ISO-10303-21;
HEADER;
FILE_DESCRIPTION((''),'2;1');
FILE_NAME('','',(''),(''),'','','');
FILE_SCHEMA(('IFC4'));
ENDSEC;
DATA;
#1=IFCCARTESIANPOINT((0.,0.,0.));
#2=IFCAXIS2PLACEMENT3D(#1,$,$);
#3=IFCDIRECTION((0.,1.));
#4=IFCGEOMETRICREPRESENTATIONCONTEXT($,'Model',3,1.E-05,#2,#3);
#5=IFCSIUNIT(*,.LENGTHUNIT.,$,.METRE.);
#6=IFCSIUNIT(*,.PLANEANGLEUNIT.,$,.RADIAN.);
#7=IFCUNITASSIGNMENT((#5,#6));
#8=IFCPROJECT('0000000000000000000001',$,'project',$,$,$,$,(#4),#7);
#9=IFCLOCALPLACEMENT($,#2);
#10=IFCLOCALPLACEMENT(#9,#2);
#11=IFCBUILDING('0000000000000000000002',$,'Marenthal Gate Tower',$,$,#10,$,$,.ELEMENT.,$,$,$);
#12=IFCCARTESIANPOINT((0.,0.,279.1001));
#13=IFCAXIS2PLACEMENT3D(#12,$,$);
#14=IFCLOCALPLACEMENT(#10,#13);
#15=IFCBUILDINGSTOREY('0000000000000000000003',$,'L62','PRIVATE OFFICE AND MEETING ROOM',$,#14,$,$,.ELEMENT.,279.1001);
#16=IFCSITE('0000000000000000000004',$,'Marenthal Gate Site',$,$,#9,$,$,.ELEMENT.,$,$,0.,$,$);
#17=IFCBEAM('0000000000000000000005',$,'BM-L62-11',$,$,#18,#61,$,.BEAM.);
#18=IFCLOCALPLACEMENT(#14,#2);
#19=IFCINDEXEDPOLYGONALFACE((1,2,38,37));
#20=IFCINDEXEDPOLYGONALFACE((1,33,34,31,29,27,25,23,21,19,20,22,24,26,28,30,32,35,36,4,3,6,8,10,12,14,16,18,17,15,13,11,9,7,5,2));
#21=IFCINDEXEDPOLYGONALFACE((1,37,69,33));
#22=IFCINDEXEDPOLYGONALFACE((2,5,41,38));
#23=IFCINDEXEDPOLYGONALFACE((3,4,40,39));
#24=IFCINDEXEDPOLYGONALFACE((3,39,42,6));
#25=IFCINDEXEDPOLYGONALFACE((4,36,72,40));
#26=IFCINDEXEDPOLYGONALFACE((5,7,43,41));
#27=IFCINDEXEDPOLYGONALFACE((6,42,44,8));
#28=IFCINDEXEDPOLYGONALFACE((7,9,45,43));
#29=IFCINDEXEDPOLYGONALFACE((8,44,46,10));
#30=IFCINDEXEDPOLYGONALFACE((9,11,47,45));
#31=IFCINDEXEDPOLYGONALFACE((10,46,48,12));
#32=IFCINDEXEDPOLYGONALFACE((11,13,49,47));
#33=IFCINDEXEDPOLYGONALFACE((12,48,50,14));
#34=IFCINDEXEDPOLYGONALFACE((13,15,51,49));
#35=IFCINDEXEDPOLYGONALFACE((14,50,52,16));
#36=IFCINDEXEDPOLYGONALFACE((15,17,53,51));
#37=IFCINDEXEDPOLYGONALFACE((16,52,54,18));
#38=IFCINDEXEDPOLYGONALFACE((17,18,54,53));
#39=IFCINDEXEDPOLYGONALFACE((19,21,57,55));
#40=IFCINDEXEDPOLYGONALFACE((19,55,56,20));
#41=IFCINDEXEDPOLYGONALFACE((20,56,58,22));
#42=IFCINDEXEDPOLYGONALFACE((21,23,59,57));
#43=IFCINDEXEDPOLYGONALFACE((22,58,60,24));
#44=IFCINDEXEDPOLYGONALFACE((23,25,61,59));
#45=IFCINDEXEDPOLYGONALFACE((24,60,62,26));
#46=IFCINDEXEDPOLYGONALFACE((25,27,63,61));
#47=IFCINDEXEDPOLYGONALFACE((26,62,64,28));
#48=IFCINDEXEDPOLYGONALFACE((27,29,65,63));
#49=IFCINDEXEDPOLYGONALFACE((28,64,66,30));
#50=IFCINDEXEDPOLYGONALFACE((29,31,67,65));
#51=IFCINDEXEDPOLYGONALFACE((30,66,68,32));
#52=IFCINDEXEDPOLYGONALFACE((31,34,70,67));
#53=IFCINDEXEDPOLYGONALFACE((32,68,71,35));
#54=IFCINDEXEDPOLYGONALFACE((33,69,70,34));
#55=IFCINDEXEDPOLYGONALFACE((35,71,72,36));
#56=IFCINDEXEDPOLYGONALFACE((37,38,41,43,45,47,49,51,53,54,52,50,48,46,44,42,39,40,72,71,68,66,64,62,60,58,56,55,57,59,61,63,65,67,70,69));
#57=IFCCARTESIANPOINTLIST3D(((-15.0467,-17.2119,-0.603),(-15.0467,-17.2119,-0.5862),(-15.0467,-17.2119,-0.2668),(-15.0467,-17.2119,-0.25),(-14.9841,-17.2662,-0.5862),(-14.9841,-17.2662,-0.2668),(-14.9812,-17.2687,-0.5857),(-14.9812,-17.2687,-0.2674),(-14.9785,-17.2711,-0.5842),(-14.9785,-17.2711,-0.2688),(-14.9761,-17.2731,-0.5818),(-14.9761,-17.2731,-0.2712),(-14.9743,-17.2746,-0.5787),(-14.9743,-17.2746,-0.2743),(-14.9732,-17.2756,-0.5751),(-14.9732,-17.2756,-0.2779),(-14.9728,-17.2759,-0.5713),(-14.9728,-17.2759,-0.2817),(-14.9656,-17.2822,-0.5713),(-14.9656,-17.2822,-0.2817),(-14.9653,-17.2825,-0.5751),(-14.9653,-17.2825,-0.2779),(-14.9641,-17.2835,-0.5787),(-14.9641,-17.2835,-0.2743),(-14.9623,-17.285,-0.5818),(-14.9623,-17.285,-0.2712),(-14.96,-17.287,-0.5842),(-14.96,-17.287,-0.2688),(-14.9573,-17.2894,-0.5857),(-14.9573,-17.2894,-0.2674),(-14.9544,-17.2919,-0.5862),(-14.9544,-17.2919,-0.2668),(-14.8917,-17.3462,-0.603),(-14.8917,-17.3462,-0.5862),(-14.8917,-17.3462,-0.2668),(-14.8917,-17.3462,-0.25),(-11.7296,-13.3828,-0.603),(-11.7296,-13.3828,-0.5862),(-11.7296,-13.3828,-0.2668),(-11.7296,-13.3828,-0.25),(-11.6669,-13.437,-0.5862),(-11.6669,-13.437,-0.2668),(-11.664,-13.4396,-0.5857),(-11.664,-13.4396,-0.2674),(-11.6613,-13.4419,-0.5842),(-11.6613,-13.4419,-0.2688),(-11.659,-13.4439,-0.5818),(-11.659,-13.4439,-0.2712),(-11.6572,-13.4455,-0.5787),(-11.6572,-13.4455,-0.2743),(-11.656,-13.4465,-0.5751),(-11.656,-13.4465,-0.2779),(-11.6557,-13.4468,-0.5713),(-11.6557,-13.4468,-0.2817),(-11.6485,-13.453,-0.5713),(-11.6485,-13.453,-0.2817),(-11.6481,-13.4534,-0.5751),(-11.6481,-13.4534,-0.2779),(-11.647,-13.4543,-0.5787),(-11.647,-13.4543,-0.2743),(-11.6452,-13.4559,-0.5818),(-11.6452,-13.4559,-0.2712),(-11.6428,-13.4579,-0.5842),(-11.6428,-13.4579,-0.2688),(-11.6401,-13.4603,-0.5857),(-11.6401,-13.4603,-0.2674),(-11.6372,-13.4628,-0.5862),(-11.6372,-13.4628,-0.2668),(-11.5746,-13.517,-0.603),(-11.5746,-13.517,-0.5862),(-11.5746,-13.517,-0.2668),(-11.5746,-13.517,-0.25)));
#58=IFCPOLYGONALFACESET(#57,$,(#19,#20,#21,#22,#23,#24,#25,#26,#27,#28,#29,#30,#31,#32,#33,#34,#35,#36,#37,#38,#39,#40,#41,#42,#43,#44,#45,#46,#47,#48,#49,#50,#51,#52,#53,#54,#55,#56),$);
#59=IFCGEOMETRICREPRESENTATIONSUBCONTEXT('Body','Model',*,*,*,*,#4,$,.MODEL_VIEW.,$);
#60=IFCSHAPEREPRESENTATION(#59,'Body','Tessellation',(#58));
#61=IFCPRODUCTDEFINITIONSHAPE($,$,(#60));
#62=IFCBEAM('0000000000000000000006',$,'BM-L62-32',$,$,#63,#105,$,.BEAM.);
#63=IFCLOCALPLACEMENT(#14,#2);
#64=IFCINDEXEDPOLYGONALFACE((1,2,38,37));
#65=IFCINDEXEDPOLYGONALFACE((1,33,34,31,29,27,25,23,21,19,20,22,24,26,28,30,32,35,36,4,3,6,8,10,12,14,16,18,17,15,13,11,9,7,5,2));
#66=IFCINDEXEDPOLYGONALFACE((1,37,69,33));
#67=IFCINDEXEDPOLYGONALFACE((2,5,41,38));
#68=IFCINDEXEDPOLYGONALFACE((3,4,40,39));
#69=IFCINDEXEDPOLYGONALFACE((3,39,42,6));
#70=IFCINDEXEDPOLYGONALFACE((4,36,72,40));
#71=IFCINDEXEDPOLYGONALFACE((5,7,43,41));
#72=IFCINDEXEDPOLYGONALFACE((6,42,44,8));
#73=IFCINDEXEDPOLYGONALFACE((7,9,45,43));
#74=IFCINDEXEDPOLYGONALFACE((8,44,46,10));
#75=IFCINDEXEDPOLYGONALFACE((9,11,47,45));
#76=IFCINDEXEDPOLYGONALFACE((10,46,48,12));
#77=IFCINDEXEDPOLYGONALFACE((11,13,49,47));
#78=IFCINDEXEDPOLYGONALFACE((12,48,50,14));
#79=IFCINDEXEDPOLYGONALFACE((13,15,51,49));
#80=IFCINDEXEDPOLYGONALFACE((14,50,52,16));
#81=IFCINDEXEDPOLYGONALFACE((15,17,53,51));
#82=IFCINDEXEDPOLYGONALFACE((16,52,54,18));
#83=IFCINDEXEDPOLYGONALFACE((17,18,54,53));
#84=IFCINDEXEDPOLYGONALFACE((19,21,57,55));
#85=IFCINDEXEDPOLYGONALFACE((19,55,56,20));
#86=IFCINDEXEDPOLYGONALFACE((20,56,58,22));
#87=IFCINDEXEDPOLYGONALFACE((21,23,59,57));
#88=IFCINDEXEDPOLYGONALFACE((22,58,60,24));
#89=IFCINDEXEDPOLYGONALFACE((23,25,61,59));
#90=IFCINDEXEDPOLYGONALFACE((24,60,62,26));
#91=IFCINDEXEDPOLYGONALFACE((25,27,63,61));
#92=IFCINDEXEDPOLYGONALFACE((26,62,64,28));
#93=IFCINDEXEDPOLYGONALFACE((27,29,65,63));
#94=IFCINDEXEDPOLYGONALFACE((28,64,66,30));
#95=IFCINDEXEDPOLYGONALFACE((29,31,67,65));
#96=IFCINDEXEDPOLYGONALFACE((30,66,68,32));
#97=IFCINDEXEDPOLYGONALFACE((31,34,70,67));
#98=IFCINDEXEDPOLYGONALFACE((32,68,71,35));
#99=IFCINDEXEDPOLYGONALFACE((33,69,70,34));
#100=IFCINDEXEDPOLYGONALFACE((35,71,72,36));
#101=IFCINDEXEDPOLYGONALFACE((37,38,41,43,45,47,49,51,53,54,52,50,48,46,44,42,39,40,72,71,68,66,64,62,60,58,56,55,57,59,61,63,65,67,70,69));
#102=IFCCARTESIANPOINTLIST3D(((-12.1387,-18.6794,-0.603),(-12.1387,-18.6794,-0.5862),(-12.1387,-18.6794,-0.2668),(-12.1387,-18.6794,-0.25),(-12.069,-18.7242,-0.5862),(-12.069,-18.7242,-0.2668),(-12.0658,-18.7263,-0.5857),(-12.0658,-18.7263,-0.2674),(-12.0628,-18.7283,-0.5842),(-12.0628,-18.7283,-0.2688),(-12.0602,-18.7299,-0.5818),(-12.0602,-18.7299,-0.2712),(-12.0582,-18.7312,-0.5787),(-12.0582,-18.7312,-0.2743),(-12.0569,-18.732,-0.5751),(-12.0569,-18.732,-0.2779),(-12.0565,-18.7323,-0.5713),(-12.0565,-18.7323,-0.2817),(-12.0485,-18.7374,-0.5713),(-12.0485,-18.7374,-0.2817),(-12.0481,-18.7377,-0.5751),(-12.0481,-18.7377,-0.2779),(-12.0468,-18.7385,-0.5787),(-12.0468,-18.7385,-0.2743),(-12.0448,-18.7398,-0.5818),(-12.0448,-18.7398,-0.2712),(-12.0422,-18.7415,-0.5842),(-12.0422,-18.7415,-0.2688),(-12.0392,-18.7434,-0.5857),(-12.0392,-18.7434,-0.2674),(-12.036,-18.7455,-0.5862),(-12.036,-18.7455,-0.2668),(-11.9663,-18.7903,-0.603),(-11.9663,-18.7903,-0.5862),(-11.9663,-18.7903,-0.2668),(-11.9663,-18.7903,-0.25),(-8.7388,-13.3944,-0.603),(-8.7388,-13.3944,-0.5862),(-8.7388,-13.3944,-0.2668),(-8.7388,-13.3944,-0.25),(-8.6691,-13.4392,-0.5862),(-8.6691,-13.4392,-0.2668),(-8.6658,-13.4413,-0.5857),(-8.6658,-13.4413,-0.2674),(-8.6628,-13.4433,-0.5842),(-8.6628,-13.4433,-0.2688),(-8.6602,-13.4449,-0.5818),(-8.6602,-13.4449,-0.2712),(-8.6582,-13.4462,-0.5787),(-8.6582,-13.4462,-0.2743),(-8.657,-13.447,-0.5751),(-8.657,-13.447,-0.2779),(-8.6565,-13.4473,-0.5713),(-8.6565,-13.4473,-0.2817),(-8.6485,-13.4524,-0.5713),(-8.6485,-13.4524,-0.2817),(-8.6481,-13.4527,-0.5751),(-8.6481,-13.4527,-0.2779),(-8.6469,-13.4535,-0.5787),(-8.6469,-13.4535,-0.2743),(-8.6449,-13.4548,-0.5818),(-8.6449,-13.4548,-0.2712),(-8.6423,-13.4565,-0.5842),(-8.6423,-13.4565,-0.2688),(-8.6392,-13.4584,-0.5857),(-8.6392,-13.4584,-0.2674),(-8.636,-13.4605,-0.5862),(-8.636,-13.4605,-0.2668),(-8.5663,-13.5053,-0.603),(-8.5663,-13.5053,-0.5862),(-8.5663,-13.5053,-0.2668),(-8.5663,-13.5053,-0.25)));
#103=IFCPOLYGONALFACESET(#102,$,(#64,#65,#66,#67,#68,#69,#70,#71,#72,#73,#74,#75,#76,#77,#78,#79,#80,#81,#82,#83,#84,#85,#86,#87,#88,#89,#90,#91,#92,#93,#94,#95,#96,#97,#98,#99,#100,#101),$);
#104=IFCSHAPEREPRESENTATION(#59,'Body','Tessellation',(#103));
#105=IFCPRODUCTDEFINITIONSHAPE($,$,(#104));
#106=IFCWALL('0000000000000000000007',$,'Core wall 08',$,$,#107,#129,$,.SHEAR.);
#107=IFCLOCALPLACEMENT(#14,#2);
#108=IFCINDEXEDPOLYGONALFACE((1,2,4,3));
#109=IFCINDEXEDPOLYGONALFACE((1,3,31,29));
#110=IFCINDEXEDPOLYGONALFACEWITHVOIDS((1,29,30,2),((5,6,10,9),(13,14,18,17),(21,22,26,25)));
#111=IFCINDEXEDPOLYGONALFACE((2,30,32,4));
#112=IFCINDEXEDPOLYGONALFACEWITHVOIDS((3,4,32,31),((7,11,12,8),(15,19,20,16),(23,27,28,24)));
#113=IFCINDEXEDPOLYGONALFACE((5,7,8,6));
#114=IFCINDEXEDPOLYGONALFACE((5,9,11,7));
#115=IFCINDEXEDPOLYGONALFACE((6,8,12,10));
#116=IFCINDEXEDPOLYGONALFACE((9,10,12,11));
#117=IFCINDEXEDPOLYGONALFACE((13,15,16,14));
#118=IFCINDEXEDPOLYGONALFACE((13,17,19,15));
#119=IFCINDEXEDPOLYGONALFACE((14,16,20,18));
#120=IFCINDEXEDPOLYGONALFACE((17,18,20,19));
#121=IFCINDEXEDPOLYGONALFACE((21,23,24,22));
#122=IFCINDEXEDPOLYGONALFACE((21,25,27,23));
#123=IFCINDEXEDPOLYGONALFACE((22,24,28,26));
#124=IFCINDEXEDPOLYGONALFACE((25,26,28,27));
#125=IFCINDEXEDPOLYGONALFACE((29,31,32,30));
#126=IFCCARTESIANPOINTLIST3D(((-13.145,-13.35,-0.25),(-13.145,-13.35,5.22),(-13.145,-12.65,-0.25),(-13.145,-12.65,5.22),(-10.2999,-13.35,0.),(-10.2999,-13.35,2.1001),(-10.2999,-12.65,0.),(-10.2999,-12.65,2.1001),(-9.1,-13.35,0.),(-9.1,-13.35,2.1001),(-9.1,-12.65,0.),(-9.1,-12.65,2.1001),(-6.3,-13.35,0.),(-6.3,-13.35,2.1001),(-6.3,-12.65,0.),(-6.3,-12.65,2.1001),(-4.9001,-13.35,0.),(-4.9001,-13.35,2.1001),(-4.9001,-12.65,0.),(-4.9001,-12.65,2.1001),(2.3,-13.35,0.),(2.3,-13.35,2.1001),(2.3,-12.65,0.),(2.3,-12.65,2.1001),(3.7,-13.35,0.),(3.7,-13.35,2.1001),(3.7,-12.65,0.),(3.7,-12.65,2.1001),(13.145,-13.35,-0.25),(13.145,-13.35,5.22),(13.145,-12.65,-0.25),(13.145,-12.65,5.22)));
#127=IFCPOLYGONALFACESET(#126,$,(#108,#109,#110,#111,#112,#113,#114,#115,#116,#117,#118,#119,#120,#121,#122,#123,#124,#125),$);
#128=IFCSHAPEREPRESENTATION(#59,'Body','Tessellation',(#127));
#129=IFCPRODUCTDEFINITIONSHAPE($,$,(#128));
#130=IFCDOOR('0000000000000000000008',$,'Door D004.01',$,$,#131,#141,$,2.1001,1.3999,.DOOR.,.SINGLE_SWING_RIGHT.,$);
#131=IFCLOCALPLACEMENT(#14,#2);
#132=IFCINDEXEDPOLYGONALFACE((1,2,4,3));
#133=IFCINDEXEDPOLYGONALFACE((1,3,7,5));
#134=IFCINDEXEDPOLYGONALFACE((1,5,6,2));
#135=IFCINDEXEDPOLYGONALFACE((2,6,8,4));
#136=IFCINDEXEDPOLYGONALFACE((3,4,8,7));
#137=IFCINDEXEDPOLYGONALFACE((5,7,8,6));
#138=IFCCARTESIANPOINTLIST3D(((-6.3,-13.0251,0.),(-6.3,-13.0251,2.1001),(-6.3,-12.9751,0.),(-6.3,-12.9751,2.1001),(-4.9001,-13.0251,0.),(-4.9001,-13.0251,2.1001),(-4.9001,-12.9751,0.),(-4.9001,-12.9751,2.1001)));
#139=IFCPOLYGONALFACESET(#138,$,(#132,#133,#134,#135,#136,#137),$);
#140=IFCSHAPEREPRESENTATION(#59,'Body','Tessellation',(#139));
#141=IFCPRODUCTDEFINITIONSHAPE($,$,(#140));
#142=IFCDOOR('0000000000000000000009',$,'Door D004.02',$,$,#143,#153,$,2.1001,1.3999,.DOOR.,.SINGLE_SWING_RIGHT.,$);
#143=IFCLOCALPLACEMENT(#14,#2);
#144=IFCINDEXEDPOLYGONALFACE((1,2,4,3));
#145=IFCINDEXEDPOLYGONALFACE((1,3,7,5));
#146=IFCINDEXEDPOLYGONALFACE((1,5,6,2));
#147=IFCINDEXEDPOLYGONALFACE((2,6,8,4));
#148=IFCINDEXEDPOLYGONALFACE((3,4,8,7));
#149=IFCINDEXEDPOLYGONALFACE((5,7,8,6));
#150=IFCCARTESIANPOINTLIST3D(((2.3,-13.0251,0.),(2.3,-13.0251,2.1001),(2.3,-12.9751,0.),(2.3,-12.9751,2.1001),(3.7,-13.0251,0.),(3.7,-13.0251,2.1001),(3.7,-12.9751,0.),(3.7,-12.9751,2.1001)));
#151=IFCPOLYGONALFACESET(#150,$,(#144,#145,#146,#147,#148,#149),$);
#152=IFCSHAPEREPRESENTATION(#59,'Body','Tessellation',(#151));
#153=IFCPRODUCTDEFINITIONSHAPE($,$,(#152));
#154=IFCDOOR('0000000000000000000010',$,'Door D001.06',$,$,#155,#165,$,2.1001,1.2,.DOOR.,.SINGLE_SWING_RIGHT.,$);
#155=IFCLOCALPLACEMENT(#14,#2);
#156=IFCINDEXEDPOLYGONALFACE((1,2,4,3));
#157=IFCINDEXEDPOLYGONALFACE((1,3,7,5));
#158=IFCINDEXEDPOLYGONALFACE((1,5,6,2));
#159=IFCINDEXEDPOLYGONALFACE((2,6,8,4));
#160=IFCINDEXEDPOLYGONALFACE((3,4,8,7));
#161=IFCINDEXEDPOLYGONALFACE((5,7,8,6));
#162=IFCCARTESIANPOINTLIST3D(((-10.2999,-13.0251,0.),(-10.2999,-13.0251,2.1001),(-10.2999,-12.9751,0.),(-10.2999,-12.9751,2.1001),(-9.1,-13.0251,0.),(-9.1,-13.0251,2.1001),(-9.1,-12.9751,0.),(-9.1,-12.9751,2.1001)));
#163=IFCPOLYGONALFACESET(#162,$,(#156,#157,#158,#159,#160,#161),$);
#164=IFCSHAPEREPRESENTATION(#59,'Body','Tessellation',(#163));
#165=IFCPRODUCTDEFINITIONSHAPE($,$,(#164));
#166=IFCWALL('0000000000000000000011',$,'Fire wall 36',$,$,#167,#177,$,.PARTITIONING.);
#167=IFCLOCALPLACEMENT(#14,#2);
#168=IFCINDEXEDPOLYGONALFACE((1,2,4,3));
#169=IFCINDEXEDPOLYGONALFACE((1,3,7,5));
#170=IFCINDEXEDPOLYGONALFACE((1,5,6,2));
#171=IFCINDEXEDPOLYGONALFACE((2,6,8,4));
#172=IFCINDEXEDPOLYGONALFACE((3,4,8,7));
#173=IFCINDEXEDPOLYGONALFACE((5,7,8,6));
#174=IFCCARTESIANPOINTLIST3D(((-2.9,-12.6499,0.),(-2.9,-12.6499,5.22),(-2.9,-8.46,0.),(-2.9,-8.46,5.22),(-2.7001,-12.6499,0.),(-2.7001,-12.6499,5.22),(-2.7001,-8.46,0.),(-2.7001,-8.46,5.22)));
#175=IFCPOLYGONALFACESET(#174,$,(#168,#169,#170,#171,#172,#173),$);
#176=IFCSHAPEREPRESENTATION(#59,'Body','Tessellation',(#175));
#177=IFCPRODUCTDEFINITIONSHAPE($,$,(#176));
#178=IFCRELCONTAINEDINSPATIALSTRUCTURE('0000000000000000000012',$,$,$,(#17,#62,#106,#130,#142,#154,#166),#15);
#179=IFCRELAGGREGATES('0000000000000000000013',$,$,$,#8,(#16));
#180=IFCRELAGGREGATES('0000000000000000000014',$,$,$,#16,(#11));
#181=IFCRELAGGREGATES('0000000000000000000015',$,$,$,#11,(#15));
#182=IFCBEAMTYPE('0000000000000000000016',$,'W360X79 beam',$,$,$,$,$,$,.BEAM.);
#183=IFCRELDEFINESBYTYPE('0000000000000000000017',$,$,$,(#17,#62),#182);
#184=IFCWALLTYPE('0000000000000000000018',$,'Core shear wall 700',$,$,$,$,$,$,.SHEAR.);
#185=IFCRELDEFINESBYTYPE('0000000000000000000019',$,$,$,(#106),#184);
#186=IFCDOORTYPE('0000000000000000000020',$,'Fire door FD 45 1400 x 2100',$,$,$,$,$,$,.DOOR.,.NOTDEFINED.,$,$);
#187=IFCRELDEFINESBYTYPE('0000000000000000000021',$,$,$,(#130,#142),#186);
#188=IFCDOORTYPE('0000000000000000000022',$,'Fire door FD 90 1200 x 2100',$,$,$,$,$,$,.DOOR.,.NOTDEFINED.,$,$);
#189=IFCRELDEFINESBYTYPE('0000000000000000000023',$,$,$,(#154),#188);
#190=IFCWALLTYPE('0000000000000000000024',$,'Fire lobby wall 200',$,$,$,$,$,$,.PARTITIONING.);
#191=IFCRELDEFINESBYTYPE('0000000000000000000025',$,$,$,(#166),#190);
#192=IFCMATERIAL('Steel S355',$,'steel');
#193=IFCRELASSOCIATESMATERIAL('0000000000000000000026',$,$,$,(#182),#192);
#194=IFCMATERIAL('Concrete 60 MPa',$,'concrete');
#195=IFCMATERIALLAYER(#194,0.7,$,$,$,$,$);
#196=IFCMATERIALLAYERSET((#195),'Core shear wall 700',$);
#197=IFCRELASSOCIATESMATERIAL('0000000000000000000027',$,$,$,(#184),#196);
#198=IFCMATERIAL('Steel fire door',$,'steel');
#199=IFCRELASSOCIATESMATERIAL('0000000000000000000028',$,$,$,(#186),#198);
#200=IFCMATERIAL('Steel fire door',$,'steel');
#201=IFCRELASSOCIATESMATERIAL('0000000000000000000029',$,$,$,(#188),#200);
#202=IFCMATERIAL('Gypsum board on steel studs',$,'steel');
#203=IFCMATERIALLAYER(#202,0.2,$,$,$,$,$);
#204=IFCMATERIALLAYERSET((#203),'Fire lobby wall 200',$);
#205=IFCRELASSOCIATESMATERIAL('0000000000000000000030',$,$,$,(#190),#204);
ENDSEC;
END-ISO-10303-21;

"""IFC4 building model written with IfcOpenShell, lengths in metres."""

from ifc_helpers import new_model, si_unit, direction, frame, frame_2d, origin, origin_2d, place, context, subcontext, project, spatial, rectangle, i_section, extrude, material, layer, layer_set, material_profile, profile_set, type_object, element, fill, save


model = new_model("IFC4")

# Units and contexts
model_context = context("Model", 3, precision=1e-05, world=origin(), true_north=direction((0.0, 1.0)))
body_context = subcontext(model_context, "Body", "Model", "MODEL_VIEW")
ifc_project = project(units=[si_unit("LENGTHUNIT", "METRE"), si_unit("PLANEANGLEUNIT", "RADIAN")], contexts=[model_context])

# Site, building, storey
site_placement = place(None, origin())
site = spatial("IfcSite", under=ifc_project, at=site_placement, Name="Marenthal Gate Site", CompositionType="ELEMENT", RefElevation=0.0)
building_placement = place(site_placement, origin())
building = spatial("IfcBuilding", under=site, at=building_placement, Name="Marenthal Gate Tower", CompositionType="ELEMENT")
storey_placement = place(building_placement, frame((0.0, 0.0, 279.1001)))
storey = spatial("IfcBuildingStorey", under=building, at=storey_placement, Name="L62", Description="PRIVATE OFFICE AND MEETING ROOM", CompositionType="ELEMENT", Elevation=279.1001)

# Beams
ifc_material_1 = material(Name="Steel S355", Category="steel")
ifc_material_profile = material_profile(ifc_material_1, i_section(OverallWidth=0.2051, OverallDepth=0.353, WebThickness=0.0095, FlangeThickness=0.0168, FilletRadius=0.0149, at=origin_2d()), Name="W360X79")
ifc_profile_set = profile_set([ifc_material_profile], Name="Steel S355")
beam_type = type_object("IfcBeamType", Name="W360X79 beam", PredefinedType="BEAM", material=ifc_profile_set)
beam_1_placement = place(storey_placement, frame((-14.9692, -17.2791, -0.4265), z_axis=(0.654771, 0.755827, 0.0), x_axis=(-0.755827, 0.654771, 0.0)))
element("IfcBeam", 1, at=beam_1_placement, inside=storey, type_object=beam_type, Name="BM-L62-11", PredefinedType="BEAM", context=body_context, shape_type="SweptSolid", body=[
    extrude(i_section(OverallWidth=0.2051, OverallDepth=0.353, WebThickness=0.0095, FlangeThickness=0.0168, FilletRadius=0.0149, at=origin_2d()), origin(), (0.0, 0.0, 1.0), 5.0662),
])
beam_2_placement = place(storey_placement, frame((-12.0525, -18.7349, -0.4265), z_axis=(0.541034, 0.841, 0.0), x_axis=(-0.841, 0.541034, 0.0)))
element("IfcBeam", 2, at=beam_2_placement, inside=storey, type_object=beam_type, Name="BM-L62-32", PredefinedType="BEAM", context=body_context, shape_type="SweptSolid", body=[
    extrude(i_section(OverallWidth=0.2051, OverallDepth=0.353, WebThickness=0.0095, FlangeThickness=0.0168, FilletRadius=0.0149, at=origin_2d()), origin(), (0.0, 0.0, 1.0), 6.2842),
])

# Wall, openings, doors
ifc_material_2 = material(Name="Concrete 60 MPa", Category="concrete")
ifc_layer_1 = layer(ifc_material_2, 0.7)
ifc_layer_set_1 = layer_set([ifc_layer_1], Name="Core shear wall 700")
wall_type_1 = type_object("IfcWallType", Name="Core shear wall 700", PredefinedType="SHEAR", material=ifc_layer_set_1)
wall_1_placement = place(storey_placement, frame((-13.145, -13.0, -0.25), z_axis=(0.0, 0.0, 1.0), x_axis=(1.0, 0.0, 0.0)))
wall_1 = element("IfcWall", 3, at=wall_1_placement, inside=storey, type_object=wall_type_1, Name="Core wall 08", PredefinedType="SHEAR", context=body_context, shape_type="SweptSolid", body=[
    extrude(rectangle(XDim=26.29, YDim=0.7, at=frame_2d((13.145, 0.0))), origin(), (0.0, 0.0, 1.0), 5.47),
])
opening_1_placement = place(wall_1_placement, frame((2.845, 0.0, 0.25)))
opening_1 = element("IfcOpeningElement", 4, at=opening_1_placement, cuts=wall_1, PredefinedType="OPENING", context=body_context, shape_type="SweptSolid", body=[
    extrude(rectangle(XDim=1.2, YDim=2.1001, at=frame_2d((0.6001, 1.05))), frame((0.0, 0.3599, 0.0), z_axis=(0.0, -1.0, 0.0), x_axis=(1.0, 0.0, 0.0)), (0.0, 0.0, 1.0), 0.72),
])
opening_2_placement = place(wall_1_placement, frame((6.845, 0.0, 0.25)))
opening_2 = element("IfcOpeningElement", 5, at=opening_2_placement, cuts=wall_1, PredefinedType="OPENING", context=body_context, shape_type="SweptSolid", body=[
    extrude(rectangle(XDim=1.3999, YDim=2.1001, at=frame_2d((0.7, 1.05))), frame((0.0, 0.3599, 0.0), z_axis=(0.0, -1.0, 0.0), x_axis=(1.0, 0.0, 0.0)), (0.0, 0.0, 1.0), 0.72),
])
opening_3_placement = place(wall_1_placement, frame((15.4451, 0.0, 0.25)))
opening_3 = element("IfcOpeningElement", 6, at=opening_3_placement, cuts=wall_1, PredefinedType="OPENING", context=body_context, shape_type="SweptSolid", body=[
    extrude(rectangle(XDim=1.3999, YDim=2.1001, at=frame_2d((0.7, 1.05))), frame((0.0, 0.3599, 0.0), z_axis=(0.0, -1.0, 0.0), x_axis=(1.0, 0.0, 0.0)), (0.0, 0.0, 1.0), 0.72),
])
ifc_material_3 = material(Name="Steel fire door", Category="steel")
door_type_1 = type_object("IfcDoorType", Name="Fire door FD 45 1400 x 2100", OperationType="NOTDEFINED", PredefinedType="DOOR", material=ifc_material_3)
door_1_placement = place(opening_2_placement, origin())
door_1 = element("IfcDoor", 7, at=door_1_placement, inside=storey, type_object=door_type_1, Name="Door D004.01", OperationType="SINGLE_SWING_RIGHT", OverallHeight=2.1001, OverallWidth=1.3999, PredefinedType="DOOR", context=body_context, shape_type="SweptSolid", body=[
    extrude(rectangle(XDim=1.3999, YDim=2.1001, at=frame_2d((0.7, 1.05))), frame((0.0, 0.0249, 0.0), z_axis=(0.0, -1.0, 0.0), x_axis=(1.0, 0.0, 0.0)), (0.0, 0.0, 1.0), 0.05),
])
fill(opening_2, door_1)
door_2_placement = place(opening_3_placement, origin())
door_2 = element("IfcDoor", 8, at=door_2_placement, inside=storey, type_object=door_type_1, Name="Door D004.02", OperationType="SINGLE_SWING_RIGHT", OverallHeight=2.1001, OverallWidth=1.3999, PredefinedType="DOOR", context=body_context, shape_type="SweptSolid", body=[
    extrude(rectangle(XDim=1.3999, YDim=2.1001, at=frame_2d((0.7, 1.05))), frame((0.0, 0.0249, 0.0), z_axis=(0.0, -1.0, 0.0), x_axis=(1.0, 0.0, 0.0)), (0.0, 0.0, 1.0), 0.05),
])
fill(opening_3, door_2)
ifc_material_4 = material(Name="Steel fire door", Category="steel")
door_type_2 = type_object("IfcDoorType", Name="Fire door FD 90 1200 x 2100", OperationType="NOTDEFINED", PredefinedType="DOOR", material=ifc_material_4)
door_3_placement = place(opening_1_placement, origin())
door_3 = element("IfcDoor", 9, at=door_3_placement, inside=storey, type_object=door_type_2, Name="Door D001.06", OperationType="SINGLE_SWING_RIGHT", OverallHeight=2.1001, OverallWidth=1.2, PredefinedType="DOOR", context=body_context, shape_type="SweptSolid", body=[
    extrude(rectangle(XDim=1.2, YDim=2.1001, at=frame_2d((0.6001, 1.05))), frame((0.0, 0.0249, 0.0), z_axis=(0.0, -1.0, 0.0), x_axis=(1.0, 0.0, 0.0)), (0.0, 0.0, 1.0), 0.05),
])
fill(opening_1, door_3)

# Wall
ifc_material_5 = material(Name="Gypsum board on steel studs", Category="steel")
ifc_layer_2 = layer(ifc_material_5, 0.2)
ifc_layer_set_2 = layer_set([ifc_layer_2], Name="Fire lobby wall 200")
wall_type_2 = type_object("IfcWallType", Name="Fire lobby wall 200", PredefinedType="PARTITIONING", material=ifc_layer_set_2)
wall_2_placement = place(storey_placement, frame((-2.8, -12.6499, 0.0), z_axis=(0.0, 0.0, 1.0), x_axis=(0.0, 1.0, 0.0)))
element("IfcWall", 10, at=wall_2_placement, inside=storey, type_object=wall_type_2, Name="Fire wall 36", PredefinedType="PARTITIONING", context=body_context, shape_type="SweptSolid", body=[
    extrude(rectangle(XDim=4.1899, YDim=0.2, at=frame_2d((2.095, 0.0))), origin(), (0.0, 0.0, 1.0), 5.22),
])

save(model, "model.ifc")
